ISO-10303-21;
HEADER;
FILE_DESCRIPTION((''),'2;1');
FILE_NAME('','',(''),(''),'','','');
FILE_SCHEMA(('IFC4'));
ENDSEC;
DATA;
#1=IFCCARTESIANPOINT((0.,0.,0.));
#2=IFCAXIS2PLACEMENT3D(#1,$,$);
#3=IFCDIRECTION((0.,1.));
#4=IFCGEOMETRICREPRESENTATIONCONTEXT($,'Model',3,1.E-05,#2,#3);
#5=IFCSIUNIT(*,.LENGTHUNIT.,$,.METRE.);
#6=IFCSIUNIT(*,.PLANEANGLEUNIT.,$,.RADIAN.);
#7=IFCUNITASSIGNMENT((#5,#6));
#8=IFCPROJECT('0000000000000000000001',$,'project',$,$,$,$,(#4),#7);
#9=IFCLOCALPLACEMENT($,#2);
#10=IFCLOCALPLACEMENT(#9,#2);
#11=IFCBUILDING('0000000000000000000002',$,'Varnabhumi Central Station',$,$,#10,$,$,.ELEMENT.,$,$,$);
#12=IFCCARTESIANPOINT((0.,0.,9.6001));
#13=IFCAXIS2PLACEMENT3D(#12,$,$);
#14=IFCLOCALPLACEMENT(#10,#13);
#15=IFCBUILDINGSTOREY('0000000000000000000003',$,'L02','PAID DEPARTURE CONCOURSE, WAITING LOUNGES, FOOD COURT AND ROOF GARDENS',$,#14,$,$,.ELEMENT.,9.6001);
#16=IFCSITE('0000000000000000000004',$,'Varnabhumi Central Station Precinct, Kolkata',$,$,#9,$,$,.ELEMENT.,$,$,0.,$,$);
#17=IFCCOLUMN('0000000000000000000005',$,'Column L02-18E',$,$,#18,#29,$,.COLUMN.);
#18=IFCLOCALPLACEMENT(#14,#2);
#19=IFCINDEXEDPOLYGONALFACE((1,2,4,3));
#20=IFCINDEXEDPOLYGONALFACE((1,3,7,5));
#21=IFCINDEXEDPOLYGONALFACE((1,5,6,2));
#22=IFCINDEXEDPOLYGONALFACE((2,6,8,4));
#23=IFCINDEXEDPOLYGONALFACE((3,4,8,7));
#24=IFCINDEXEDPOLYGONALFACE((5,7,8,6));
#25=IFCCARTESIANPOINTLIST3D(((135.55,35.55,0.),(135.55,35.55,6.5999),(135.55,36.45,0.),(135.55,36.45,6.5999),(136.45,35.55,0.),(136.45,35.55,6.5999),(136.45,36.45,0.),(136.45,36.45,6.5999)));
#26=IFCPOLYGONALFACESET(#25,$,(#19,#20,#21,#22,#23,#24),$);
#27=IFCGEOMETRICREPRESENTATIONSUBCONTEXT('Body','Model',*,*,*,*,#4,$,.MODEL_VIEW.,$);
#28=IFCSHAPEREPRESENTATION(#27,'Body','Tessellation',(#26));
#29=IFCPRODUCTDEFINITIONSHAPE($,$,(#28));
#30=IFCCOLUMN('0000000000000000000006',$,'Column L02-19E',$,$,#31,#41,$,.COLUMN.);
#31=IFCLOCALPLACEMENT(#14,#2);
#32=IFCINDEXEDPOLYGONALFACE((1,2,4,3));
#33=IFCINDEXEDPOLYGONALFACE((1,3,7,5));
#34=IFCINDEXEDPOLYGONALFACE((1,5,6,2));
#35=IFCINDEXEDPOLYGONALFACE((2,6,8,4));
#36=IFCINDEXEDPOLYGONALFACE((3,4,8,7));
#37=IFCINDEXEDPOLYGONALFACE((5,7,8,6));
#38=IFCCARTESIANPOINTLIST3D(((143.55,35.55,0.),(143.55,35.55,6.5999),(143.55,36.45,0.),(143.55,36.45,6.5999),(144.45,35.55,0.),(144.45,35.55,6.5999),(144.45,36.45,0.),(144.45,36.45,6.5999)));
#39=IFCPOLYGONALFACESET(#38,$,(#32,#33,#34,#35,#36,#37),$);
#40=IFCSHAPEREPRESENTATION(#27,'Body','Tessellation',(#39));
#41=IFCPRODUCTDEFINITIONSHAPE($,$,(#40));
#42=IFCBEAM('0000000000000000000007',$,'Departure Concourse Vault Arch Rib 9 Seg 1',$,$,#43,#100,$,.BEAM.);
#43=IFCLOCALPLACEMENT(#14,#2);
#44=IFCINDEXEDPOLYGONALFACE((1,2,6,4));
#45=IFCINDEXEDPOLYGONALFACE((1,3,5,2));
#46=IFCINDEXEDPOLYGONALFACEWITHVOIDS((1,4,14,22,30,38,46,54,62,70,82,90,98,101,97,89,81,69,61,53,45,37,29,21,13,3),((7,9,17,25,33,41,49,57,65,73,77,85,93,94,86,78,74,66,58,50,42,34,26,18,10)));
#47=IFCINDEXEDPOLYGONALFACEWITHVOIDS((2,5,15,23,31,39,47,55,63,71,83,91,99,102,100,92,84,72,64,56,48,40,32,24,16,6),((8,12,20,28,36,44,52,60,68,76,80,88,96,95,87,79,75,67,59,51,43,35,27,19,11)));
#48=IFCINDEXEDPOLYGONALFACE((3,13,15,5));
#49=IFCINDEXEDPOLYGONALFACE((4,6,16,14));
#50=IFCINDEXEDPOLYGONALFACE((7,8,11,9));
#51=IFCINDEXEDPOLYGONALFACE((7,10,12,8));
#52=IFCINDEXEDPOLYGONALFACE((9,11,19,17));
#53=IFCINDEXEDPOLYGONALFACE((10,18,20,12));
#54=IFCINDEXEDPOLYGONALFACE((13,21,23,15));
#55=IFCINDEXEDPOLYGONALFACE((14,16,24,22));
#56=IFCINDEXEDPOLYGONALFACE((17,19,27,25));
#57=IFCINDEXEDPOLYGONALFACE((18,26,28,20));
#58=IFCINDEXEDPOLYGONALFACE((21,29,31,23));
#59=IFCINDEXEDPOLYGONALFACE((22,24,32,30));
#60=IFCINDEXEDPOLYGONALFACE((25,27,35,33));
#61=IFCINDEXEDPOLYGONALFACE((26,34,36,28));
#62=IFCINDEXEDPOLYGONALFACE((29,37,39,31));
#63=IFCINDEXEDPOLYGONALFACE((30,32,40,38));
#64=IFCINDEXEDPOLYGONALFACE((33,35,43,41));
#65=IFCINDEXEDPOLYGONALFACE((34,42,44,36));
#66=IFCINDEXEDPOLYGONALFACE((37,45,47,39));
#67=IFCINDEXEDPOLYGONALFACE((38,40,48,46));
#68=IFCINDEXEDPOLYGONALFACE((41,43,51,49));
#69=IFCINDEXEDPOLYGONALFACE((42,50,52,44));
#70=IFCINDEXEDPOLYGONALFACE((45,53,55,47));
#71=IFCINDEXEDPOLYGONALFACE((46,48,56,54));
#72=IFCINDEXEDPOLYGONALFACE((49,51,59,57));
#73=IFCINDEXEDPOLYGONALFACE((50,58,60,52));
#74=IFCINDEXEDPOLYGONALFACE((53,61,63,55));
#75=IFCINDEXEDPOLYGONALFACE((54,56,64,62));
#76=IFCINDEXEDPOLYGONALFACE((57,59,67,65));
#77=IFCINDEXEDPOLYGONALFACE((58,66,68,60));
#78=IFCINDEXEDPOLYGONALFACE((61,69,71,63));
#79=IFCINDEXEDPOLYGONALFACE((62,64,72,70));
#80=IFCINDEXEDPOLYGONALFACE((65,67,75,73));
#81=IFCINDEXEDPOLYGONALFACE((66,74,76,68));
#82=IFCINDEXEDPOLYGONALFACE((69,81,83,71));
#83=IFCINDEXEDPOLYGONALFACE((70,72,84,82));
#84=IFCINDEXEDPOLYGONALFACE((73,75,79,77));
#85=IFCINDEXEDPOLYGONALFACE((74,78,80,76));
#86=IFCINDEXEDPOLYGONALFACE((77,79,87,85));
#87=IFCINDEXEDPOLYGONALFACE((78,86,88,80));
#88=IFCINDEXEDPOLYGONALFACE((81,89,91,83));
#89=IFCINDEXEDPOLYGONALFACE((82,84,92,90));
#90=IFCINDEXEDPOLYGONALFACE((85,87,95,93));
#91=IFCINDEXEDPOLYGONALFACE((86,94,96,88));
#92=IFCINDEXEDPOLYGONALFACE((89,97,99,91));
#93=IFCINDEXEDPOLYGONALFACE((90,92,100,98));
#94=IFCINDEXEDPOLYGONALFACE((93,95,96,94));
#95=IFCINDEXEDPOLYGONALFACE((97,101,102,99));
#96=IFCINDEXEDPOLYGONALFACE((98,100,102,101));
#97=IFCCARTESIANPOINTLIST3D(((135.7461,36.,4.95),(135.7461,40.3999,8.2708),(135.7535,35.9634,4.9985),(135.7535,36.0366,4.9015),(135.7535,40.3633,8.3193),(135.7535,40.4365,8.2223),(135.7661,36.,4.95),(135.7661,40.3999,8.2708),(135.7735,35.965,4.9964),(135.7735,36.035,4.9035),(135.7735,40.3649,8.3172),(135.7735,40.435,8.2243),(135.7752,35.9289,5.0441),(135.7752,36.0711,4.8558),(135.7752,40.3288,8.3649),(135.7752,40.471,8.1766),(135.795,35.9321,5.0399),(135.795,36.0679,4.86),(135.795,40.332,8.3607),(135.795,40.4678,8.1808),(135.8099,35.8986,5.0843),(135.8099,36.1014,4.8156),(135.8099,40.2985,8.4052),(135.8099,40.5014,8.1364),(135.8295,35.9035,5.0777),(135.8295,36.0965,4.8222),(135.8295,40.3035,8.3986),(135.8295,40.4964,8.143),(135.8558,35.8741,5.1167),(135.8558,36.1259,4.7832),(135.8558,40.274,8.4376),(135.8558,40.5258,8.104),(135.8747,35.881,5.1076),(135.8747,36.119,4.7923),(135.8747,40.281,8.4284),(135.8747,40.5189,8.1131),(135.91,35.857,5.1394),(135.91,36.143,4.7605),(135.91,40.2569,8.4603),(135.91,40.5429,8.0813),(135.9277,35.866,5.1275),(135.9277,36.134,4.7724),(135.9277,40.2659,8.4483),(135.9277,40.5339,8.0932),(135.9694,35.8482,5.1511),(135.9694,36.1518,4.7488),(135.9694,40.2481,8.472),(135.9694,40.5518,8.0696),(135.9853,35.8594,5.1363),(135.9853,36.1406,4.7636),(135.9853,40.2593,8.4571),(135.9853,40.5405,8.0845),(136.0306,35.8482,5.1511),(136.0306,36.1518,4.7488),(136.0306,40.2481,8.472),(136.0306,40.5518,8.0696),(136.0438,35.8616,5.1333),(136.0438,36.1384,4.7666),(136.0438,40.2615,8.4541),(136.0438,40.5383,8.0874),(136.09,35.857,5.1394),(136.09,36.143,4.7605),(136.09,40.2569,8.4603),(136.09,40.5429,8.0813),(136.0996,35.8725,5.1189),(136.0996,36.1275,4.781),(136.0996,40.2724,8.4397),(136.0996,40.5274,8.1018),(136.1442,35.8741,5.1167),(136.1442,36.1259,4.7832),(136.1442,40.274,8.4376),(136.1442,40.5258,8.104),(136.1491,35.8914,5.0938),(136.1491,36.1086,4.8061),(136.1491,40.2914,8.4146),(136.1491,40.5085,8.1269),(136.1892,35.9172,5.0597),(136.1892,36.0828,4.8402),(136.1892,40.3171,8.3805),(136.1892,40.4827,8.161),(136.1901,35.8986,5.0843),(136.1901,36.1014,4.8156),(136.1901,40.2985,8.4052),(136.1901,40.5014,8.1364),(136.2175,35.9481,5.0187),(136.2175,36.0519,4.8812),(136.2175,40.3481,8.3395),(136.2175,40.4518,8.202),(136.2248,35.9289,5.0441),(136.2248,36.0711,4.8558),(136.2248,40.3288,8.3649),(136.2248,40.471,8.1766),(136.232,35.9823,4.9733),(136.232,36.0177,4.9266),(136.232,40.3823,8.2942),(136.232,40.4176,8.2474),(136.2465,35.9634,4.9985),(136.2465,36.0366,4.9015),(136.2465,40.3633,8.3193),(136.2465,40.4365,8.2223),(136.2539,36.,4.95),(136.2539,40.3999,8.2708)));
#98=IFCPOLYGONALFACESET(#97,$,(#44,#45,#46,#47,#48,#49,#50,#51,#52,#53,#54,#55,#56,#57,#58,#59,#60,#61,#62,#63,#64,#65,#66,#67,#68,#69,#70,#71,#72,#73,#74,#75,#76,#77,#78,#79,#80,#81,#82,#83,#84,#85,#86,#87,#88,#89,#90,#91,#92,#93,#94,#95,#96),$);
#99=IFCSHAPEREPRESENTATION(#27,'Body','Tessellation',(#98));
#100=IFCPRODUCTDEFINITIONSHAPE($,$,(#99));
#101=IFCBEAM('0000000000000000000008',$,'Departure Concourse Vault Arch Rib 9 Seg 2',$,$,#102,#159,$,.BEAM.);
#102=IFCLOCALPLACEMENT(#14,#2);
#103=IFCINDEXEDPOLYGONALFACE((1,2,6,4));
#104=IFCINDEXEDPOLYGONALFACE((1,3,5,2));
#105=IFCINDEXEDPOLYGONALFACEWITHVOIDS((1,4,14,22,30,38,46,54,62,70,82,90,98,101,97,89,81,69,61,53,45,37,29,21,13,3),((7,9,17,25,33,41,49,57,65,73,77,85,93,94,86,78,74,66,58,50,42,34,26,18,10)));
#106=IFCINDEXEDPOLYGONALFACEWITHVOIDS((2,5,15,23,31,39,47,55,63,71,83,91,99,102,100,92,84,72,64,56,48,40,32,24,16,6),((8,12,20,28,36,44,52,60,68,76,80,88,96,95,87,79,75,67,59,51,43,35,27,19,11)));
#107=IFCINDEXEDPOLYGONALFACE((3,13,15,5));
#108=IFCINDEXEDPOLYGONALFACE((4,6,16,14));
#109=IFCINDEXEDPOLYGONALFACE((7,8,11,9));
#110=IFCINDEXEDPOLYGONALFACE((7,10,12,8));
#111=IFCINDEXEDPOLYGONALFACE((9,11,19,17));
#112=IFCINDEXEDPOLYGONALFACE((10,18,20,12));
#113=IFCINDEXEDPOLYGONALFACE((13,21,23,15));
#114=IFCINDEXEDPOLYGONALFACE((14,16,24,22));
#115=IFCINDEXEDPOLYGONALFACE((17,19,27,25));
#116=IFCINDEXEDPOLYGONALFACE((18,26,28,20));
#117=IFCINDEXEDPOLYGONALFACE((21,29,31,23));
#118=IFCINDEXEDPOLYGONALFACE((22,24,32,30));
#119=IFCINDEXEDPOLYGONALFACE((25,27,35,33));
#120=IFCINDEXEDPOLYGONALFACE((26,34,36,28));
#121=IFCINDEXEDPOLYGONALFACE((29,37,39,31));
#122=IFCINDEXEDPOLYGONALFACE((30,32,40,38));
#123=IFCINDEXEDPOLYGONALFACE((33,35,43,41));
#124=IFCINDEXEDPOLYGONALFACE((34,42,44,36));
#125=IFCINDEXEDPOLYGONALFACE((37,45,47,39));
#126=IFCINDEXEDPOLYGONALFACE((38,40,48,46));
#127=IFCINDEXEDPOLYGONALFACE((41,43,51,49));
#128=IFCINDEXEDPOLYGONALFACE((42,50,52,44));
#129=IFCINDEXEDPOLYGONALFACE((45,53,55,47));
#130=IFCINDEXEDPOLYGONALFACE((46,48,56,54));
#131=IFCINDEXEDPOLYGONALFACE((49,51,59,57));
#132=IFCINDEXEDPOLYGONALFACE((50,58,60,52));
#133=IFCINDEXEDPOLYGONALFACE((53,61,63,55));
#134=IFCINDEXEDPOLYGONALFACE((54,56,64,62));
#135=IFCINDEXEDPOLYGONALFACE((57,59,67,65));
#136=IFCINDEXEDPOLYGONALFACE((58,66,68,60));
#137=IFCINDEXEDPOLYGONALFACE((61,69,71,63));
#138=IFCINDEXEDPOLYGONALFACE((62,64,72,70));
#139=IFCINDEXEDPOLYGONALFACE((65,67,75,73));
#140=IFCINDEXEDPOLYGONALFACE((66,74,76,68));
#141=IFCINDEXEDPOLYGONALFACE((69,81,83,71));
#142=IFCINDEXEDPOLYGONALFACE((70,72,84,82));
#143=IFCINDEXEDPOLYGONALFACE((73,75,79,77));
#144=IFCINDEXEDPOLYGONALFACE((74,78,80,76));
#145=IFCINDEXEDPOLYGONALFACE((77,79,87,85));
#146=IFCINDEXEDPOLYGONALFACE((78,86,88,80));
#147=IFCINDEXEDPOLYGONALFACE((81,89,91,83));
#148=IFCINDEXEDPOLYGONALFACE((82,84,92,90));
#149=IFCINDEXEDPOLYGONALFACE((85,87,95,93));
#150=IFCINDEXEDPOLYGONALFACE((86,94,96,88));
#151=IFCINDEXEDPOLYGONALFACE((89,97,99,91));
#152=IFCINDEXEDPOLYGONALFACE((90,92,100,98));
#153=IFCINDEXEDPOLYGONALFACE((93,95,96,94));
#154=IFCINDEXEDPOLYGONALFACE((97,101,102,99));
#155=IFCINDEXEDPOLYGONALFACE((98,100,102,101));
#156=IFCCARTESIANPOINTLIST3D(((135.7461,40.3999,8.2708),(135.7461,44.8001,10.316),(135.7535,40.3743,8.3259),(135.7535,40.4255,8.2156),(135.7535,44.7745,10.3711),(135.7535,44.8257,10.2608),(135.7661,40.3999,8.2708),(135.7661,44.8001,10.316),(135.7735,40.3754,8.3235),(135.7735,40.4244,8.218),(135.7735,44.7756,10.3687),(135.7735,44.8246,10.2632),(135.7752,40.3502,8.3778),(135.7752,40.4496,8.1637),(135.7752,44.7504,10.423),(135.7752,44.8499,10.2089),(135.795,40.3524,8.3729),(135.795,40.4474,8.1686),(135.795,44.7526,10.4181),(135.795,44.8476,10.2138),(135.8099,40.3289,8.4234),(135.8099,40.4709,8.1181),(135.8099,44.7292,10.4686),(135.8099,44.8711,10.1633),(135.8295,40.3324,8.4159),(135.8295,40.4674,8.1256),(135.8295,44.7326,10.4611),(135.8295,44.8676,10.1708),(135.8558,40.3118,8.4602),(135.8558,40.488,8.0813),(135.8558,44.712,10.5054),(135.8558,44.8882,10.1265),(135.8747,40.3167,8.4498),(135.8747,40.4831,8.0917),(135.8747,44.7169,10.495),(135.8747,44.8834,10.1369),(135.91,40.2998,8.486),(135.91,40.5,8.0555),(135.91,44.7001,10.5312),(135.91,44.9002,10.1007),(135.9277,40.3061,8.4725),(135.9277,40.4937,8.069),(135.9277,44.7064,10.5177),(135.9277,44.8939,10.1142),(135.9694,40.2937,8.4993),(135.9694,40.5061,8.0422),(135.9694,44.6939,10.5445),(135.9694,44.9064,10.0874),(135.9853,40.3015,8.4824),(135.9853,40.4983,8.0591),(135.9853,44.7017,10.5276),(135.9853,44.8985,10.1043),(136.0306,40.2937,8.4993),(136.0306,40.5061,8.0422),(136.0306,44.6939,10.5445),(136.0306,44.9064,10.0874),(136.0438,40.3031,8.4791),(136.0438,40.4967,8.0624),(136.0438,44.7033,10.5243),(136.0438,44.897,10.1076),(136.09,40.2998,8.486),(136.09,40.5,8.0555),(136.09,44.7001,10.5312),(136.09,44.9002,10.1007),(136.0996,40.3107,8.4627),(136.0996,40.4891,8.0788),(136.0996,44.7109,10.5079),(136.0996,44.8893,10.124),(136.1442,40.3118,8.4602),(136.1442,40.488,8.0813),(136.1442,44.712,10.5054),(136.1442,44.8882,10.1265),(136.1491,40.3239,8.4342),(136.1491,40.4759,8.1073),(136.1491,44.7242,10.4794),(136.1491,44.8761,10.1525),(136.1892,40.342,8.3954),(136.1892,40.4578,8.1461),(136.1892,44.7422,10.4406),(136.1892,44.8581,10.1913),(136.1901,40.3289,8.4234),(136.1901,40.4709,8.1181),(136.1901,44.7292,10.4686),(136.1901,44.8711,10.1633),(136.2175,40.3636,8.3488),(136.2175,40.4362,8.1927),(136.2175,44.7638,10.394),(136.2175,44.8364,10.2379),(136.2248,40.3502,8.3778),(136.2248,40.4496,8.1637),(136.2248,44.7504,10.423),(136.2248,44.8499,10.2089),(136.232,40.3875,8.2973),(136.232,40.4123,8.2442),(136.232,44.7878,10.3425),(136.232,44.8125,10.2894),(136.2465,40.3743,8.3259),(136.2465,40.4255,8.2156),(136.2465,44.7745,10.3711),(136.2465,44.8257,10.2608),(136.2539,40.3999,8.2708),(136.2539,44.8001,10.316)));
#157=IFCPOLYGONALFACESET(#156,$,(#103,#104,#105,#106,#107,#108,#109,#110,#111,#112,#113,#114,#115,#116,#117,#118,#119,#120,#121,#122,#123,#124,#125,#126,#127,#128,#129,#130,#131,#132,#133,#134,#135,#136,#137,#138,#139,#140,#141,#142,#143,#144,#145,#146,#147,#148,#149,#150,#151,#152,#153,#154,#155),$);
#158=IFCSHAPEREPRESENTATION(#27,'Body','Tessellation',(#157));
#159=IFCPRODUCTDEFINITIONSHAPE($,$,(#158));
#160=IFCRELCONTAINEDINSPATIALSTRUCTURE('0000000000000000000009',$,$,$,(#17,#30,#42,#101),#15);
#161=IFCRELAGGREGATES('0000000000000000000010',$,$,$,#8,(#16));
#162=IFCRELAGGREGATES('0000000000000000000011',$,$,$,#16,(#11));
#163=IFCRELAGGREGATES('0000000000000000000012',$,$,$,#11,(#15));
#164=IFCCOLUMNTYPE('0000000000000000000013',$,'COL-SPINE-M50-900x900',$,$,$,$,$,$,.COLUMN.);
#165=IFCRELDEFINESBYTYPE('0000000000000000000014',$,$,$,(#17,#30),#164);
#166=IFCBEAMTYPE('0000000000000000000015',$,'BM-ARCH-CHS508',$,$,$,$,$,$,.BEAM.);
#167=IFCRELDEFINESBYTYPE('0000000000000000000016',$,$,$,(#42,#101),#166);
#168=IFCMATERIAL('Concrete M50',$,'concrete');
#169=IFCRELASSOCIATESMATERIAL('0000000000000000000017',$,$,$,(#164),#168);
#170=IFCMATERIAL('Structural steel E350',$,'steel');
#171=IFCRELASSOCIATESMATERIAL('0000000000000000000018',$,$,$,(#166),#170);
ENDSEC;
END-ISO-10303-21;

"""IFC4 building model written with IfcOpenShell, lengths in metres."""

from ifc_helpers import new_model, si_unit, direction, frame, origin, origin_2d, place, context, subcontext, project, spatial, rectangle, hollow_circle, extrude, material, material_profile, profile_set, type_object, element, save


model = new_model("IFC4")

# Units and contexts
model_context = context("Model", 3, precision=1e-05, world=origin(), true_north=direction((0.0, 1.0)))
body_context = subcontext(model_context, "Body", "Model", "MODEL_VIEW")
ifc_project = project(units=[si_unit("LENGTHUNIT", "METRE"), si_unit("PLANEANGLEUNIT", "RADIAN")], contexts=[model_context])

# Site, building, storey
site_placement = place(None, origin())
site = spatial("IfcSite", under=ifc_project, at=site_placement, Name="Varnabhumi Central Station Precinct, Kolkata", CompositionType="ELEMENT", RefElevation=0.0)
building_placement = place(site_placement, origin())
building = spatial("IfcBuilding", under=site, at=building_placement, Name="Varnabhumi Central Station", CompositionType="ELEMENT")
storey_placement = place(building_placement, frame((0.0, 0.0, 9.6001)))
storey = spatial("IfcBuildingStorey", under=building, at=storey_placement, Name="L02", Description="PAID DEPARTURE CONCOURSE, WAITING LOUNGES, FOOD COURT AND ROOF GARDENS", CompositionType="ELEMENT", Elevation=9.6001)

# Columns
ifc_material_1 = material(Name="Concrete M50", Category="concrete")
ifc_material_profile_1 = material_profile(ifc_material_1, rectangle(XDim=0.8999, YDim=0.8999, at=origin_2d()), Name="Concrete M50", Category="concrete")
ifc_profile_set_1 = profile_set([ifc_material_profile_1], Name="Concrete M50")
column_type = type_object("IfcColumnType", Name="COL-SPINE-M50-900x900", PredefinedType="COLUMN", material=ifc_profile_set_1)
for number, where, z_axis, x_axis, name in (
    (1, (136.0, 36.0, 0.0), (0.0, 0.0, 1.0), (1.0, 0.0, 0.0), "Column L02-18E"),
    (2, (144.0, 36.0, 0.0), (0.0, 0.0, 1.0), (1.0, 0.0, 0.0), "Column L02-19E"),
):
    element("IfcColumn", number, at=place(storey_placement, frame(where, z_axis=z_axis, x_axis=x_axis)), inside=storey, type_object=column_type, Name=name, PredefinedType="COLUMN", context=body_context, shape_type="SweptSolid", body=[
        extrude(rectangle(XDim=0.8999, YDim=0.8999, at=origin_2d()), origin(), (0.0, 0.0, 1.0), 6.5999),
    ])

# Beams
ifc_material_2 = material(Name="Structural steel E350", Category="steel")
ifc_material_profile_2 = material_profile(ifc_material_2, hollow_circle(Radius=0.2539, WallThickness=0.02, at=origin_2d()), Name="Structural steel E350", Category="steel")
ifc_profile_set_2 = profile_set([ifc_material_profile_2], Name="Structural steel E350")
beam_type_1 = type_object("IfcBeamType", Name="BM-ARCH-CHS508", PredefinedType="BEAM", material=ifc_profile_set_2)
beam_1_placement = place(storey_placement, frame((136.0, 36.0, 4.95), z_axis=(0.0, 0.798179, 0.602421), x_axis=(-1.0, 0.0, 0.0)))
element("IfcBeam", 3, at=beam_1_placement, inside=storey, type_object=beam_type_1, Name="Departure Concourse Vault Arch Rib 9 Seg 1", PredefinedType="BEAM", context=body_context, shape_type="SweptSolid", body=[
    extrude(hollow_circle(Radius=0.2539, WallThickness=0.02, at=origin_2d()), origin(), (0.0, 0.0, 1.0), 5.5125),
])
beam_2_placement = place(storey_placement, frame((136.0, 40.3999, 8.2708), z_axis=(0.0, 0.906832, 0.421491), x_axis=(-1.0, 0.0, 0.0)))
element("IfcBeam", 4, at=beam_2_placement, inside=storey, type_object=beam_type_1, Name="Departure Concourse Vault Arch Rib 9 Seg 2", PredefinedType="BEAM", context=body_context, shape_type="SweptSolid", body=[
    extrude(hollow_circle(Radius=0.2539, WallThickness=0.02, at=origin_2d()), origin(), (0.0, 0.0, 1.0), 4.8523),
])

save(model, "model.ifc")
